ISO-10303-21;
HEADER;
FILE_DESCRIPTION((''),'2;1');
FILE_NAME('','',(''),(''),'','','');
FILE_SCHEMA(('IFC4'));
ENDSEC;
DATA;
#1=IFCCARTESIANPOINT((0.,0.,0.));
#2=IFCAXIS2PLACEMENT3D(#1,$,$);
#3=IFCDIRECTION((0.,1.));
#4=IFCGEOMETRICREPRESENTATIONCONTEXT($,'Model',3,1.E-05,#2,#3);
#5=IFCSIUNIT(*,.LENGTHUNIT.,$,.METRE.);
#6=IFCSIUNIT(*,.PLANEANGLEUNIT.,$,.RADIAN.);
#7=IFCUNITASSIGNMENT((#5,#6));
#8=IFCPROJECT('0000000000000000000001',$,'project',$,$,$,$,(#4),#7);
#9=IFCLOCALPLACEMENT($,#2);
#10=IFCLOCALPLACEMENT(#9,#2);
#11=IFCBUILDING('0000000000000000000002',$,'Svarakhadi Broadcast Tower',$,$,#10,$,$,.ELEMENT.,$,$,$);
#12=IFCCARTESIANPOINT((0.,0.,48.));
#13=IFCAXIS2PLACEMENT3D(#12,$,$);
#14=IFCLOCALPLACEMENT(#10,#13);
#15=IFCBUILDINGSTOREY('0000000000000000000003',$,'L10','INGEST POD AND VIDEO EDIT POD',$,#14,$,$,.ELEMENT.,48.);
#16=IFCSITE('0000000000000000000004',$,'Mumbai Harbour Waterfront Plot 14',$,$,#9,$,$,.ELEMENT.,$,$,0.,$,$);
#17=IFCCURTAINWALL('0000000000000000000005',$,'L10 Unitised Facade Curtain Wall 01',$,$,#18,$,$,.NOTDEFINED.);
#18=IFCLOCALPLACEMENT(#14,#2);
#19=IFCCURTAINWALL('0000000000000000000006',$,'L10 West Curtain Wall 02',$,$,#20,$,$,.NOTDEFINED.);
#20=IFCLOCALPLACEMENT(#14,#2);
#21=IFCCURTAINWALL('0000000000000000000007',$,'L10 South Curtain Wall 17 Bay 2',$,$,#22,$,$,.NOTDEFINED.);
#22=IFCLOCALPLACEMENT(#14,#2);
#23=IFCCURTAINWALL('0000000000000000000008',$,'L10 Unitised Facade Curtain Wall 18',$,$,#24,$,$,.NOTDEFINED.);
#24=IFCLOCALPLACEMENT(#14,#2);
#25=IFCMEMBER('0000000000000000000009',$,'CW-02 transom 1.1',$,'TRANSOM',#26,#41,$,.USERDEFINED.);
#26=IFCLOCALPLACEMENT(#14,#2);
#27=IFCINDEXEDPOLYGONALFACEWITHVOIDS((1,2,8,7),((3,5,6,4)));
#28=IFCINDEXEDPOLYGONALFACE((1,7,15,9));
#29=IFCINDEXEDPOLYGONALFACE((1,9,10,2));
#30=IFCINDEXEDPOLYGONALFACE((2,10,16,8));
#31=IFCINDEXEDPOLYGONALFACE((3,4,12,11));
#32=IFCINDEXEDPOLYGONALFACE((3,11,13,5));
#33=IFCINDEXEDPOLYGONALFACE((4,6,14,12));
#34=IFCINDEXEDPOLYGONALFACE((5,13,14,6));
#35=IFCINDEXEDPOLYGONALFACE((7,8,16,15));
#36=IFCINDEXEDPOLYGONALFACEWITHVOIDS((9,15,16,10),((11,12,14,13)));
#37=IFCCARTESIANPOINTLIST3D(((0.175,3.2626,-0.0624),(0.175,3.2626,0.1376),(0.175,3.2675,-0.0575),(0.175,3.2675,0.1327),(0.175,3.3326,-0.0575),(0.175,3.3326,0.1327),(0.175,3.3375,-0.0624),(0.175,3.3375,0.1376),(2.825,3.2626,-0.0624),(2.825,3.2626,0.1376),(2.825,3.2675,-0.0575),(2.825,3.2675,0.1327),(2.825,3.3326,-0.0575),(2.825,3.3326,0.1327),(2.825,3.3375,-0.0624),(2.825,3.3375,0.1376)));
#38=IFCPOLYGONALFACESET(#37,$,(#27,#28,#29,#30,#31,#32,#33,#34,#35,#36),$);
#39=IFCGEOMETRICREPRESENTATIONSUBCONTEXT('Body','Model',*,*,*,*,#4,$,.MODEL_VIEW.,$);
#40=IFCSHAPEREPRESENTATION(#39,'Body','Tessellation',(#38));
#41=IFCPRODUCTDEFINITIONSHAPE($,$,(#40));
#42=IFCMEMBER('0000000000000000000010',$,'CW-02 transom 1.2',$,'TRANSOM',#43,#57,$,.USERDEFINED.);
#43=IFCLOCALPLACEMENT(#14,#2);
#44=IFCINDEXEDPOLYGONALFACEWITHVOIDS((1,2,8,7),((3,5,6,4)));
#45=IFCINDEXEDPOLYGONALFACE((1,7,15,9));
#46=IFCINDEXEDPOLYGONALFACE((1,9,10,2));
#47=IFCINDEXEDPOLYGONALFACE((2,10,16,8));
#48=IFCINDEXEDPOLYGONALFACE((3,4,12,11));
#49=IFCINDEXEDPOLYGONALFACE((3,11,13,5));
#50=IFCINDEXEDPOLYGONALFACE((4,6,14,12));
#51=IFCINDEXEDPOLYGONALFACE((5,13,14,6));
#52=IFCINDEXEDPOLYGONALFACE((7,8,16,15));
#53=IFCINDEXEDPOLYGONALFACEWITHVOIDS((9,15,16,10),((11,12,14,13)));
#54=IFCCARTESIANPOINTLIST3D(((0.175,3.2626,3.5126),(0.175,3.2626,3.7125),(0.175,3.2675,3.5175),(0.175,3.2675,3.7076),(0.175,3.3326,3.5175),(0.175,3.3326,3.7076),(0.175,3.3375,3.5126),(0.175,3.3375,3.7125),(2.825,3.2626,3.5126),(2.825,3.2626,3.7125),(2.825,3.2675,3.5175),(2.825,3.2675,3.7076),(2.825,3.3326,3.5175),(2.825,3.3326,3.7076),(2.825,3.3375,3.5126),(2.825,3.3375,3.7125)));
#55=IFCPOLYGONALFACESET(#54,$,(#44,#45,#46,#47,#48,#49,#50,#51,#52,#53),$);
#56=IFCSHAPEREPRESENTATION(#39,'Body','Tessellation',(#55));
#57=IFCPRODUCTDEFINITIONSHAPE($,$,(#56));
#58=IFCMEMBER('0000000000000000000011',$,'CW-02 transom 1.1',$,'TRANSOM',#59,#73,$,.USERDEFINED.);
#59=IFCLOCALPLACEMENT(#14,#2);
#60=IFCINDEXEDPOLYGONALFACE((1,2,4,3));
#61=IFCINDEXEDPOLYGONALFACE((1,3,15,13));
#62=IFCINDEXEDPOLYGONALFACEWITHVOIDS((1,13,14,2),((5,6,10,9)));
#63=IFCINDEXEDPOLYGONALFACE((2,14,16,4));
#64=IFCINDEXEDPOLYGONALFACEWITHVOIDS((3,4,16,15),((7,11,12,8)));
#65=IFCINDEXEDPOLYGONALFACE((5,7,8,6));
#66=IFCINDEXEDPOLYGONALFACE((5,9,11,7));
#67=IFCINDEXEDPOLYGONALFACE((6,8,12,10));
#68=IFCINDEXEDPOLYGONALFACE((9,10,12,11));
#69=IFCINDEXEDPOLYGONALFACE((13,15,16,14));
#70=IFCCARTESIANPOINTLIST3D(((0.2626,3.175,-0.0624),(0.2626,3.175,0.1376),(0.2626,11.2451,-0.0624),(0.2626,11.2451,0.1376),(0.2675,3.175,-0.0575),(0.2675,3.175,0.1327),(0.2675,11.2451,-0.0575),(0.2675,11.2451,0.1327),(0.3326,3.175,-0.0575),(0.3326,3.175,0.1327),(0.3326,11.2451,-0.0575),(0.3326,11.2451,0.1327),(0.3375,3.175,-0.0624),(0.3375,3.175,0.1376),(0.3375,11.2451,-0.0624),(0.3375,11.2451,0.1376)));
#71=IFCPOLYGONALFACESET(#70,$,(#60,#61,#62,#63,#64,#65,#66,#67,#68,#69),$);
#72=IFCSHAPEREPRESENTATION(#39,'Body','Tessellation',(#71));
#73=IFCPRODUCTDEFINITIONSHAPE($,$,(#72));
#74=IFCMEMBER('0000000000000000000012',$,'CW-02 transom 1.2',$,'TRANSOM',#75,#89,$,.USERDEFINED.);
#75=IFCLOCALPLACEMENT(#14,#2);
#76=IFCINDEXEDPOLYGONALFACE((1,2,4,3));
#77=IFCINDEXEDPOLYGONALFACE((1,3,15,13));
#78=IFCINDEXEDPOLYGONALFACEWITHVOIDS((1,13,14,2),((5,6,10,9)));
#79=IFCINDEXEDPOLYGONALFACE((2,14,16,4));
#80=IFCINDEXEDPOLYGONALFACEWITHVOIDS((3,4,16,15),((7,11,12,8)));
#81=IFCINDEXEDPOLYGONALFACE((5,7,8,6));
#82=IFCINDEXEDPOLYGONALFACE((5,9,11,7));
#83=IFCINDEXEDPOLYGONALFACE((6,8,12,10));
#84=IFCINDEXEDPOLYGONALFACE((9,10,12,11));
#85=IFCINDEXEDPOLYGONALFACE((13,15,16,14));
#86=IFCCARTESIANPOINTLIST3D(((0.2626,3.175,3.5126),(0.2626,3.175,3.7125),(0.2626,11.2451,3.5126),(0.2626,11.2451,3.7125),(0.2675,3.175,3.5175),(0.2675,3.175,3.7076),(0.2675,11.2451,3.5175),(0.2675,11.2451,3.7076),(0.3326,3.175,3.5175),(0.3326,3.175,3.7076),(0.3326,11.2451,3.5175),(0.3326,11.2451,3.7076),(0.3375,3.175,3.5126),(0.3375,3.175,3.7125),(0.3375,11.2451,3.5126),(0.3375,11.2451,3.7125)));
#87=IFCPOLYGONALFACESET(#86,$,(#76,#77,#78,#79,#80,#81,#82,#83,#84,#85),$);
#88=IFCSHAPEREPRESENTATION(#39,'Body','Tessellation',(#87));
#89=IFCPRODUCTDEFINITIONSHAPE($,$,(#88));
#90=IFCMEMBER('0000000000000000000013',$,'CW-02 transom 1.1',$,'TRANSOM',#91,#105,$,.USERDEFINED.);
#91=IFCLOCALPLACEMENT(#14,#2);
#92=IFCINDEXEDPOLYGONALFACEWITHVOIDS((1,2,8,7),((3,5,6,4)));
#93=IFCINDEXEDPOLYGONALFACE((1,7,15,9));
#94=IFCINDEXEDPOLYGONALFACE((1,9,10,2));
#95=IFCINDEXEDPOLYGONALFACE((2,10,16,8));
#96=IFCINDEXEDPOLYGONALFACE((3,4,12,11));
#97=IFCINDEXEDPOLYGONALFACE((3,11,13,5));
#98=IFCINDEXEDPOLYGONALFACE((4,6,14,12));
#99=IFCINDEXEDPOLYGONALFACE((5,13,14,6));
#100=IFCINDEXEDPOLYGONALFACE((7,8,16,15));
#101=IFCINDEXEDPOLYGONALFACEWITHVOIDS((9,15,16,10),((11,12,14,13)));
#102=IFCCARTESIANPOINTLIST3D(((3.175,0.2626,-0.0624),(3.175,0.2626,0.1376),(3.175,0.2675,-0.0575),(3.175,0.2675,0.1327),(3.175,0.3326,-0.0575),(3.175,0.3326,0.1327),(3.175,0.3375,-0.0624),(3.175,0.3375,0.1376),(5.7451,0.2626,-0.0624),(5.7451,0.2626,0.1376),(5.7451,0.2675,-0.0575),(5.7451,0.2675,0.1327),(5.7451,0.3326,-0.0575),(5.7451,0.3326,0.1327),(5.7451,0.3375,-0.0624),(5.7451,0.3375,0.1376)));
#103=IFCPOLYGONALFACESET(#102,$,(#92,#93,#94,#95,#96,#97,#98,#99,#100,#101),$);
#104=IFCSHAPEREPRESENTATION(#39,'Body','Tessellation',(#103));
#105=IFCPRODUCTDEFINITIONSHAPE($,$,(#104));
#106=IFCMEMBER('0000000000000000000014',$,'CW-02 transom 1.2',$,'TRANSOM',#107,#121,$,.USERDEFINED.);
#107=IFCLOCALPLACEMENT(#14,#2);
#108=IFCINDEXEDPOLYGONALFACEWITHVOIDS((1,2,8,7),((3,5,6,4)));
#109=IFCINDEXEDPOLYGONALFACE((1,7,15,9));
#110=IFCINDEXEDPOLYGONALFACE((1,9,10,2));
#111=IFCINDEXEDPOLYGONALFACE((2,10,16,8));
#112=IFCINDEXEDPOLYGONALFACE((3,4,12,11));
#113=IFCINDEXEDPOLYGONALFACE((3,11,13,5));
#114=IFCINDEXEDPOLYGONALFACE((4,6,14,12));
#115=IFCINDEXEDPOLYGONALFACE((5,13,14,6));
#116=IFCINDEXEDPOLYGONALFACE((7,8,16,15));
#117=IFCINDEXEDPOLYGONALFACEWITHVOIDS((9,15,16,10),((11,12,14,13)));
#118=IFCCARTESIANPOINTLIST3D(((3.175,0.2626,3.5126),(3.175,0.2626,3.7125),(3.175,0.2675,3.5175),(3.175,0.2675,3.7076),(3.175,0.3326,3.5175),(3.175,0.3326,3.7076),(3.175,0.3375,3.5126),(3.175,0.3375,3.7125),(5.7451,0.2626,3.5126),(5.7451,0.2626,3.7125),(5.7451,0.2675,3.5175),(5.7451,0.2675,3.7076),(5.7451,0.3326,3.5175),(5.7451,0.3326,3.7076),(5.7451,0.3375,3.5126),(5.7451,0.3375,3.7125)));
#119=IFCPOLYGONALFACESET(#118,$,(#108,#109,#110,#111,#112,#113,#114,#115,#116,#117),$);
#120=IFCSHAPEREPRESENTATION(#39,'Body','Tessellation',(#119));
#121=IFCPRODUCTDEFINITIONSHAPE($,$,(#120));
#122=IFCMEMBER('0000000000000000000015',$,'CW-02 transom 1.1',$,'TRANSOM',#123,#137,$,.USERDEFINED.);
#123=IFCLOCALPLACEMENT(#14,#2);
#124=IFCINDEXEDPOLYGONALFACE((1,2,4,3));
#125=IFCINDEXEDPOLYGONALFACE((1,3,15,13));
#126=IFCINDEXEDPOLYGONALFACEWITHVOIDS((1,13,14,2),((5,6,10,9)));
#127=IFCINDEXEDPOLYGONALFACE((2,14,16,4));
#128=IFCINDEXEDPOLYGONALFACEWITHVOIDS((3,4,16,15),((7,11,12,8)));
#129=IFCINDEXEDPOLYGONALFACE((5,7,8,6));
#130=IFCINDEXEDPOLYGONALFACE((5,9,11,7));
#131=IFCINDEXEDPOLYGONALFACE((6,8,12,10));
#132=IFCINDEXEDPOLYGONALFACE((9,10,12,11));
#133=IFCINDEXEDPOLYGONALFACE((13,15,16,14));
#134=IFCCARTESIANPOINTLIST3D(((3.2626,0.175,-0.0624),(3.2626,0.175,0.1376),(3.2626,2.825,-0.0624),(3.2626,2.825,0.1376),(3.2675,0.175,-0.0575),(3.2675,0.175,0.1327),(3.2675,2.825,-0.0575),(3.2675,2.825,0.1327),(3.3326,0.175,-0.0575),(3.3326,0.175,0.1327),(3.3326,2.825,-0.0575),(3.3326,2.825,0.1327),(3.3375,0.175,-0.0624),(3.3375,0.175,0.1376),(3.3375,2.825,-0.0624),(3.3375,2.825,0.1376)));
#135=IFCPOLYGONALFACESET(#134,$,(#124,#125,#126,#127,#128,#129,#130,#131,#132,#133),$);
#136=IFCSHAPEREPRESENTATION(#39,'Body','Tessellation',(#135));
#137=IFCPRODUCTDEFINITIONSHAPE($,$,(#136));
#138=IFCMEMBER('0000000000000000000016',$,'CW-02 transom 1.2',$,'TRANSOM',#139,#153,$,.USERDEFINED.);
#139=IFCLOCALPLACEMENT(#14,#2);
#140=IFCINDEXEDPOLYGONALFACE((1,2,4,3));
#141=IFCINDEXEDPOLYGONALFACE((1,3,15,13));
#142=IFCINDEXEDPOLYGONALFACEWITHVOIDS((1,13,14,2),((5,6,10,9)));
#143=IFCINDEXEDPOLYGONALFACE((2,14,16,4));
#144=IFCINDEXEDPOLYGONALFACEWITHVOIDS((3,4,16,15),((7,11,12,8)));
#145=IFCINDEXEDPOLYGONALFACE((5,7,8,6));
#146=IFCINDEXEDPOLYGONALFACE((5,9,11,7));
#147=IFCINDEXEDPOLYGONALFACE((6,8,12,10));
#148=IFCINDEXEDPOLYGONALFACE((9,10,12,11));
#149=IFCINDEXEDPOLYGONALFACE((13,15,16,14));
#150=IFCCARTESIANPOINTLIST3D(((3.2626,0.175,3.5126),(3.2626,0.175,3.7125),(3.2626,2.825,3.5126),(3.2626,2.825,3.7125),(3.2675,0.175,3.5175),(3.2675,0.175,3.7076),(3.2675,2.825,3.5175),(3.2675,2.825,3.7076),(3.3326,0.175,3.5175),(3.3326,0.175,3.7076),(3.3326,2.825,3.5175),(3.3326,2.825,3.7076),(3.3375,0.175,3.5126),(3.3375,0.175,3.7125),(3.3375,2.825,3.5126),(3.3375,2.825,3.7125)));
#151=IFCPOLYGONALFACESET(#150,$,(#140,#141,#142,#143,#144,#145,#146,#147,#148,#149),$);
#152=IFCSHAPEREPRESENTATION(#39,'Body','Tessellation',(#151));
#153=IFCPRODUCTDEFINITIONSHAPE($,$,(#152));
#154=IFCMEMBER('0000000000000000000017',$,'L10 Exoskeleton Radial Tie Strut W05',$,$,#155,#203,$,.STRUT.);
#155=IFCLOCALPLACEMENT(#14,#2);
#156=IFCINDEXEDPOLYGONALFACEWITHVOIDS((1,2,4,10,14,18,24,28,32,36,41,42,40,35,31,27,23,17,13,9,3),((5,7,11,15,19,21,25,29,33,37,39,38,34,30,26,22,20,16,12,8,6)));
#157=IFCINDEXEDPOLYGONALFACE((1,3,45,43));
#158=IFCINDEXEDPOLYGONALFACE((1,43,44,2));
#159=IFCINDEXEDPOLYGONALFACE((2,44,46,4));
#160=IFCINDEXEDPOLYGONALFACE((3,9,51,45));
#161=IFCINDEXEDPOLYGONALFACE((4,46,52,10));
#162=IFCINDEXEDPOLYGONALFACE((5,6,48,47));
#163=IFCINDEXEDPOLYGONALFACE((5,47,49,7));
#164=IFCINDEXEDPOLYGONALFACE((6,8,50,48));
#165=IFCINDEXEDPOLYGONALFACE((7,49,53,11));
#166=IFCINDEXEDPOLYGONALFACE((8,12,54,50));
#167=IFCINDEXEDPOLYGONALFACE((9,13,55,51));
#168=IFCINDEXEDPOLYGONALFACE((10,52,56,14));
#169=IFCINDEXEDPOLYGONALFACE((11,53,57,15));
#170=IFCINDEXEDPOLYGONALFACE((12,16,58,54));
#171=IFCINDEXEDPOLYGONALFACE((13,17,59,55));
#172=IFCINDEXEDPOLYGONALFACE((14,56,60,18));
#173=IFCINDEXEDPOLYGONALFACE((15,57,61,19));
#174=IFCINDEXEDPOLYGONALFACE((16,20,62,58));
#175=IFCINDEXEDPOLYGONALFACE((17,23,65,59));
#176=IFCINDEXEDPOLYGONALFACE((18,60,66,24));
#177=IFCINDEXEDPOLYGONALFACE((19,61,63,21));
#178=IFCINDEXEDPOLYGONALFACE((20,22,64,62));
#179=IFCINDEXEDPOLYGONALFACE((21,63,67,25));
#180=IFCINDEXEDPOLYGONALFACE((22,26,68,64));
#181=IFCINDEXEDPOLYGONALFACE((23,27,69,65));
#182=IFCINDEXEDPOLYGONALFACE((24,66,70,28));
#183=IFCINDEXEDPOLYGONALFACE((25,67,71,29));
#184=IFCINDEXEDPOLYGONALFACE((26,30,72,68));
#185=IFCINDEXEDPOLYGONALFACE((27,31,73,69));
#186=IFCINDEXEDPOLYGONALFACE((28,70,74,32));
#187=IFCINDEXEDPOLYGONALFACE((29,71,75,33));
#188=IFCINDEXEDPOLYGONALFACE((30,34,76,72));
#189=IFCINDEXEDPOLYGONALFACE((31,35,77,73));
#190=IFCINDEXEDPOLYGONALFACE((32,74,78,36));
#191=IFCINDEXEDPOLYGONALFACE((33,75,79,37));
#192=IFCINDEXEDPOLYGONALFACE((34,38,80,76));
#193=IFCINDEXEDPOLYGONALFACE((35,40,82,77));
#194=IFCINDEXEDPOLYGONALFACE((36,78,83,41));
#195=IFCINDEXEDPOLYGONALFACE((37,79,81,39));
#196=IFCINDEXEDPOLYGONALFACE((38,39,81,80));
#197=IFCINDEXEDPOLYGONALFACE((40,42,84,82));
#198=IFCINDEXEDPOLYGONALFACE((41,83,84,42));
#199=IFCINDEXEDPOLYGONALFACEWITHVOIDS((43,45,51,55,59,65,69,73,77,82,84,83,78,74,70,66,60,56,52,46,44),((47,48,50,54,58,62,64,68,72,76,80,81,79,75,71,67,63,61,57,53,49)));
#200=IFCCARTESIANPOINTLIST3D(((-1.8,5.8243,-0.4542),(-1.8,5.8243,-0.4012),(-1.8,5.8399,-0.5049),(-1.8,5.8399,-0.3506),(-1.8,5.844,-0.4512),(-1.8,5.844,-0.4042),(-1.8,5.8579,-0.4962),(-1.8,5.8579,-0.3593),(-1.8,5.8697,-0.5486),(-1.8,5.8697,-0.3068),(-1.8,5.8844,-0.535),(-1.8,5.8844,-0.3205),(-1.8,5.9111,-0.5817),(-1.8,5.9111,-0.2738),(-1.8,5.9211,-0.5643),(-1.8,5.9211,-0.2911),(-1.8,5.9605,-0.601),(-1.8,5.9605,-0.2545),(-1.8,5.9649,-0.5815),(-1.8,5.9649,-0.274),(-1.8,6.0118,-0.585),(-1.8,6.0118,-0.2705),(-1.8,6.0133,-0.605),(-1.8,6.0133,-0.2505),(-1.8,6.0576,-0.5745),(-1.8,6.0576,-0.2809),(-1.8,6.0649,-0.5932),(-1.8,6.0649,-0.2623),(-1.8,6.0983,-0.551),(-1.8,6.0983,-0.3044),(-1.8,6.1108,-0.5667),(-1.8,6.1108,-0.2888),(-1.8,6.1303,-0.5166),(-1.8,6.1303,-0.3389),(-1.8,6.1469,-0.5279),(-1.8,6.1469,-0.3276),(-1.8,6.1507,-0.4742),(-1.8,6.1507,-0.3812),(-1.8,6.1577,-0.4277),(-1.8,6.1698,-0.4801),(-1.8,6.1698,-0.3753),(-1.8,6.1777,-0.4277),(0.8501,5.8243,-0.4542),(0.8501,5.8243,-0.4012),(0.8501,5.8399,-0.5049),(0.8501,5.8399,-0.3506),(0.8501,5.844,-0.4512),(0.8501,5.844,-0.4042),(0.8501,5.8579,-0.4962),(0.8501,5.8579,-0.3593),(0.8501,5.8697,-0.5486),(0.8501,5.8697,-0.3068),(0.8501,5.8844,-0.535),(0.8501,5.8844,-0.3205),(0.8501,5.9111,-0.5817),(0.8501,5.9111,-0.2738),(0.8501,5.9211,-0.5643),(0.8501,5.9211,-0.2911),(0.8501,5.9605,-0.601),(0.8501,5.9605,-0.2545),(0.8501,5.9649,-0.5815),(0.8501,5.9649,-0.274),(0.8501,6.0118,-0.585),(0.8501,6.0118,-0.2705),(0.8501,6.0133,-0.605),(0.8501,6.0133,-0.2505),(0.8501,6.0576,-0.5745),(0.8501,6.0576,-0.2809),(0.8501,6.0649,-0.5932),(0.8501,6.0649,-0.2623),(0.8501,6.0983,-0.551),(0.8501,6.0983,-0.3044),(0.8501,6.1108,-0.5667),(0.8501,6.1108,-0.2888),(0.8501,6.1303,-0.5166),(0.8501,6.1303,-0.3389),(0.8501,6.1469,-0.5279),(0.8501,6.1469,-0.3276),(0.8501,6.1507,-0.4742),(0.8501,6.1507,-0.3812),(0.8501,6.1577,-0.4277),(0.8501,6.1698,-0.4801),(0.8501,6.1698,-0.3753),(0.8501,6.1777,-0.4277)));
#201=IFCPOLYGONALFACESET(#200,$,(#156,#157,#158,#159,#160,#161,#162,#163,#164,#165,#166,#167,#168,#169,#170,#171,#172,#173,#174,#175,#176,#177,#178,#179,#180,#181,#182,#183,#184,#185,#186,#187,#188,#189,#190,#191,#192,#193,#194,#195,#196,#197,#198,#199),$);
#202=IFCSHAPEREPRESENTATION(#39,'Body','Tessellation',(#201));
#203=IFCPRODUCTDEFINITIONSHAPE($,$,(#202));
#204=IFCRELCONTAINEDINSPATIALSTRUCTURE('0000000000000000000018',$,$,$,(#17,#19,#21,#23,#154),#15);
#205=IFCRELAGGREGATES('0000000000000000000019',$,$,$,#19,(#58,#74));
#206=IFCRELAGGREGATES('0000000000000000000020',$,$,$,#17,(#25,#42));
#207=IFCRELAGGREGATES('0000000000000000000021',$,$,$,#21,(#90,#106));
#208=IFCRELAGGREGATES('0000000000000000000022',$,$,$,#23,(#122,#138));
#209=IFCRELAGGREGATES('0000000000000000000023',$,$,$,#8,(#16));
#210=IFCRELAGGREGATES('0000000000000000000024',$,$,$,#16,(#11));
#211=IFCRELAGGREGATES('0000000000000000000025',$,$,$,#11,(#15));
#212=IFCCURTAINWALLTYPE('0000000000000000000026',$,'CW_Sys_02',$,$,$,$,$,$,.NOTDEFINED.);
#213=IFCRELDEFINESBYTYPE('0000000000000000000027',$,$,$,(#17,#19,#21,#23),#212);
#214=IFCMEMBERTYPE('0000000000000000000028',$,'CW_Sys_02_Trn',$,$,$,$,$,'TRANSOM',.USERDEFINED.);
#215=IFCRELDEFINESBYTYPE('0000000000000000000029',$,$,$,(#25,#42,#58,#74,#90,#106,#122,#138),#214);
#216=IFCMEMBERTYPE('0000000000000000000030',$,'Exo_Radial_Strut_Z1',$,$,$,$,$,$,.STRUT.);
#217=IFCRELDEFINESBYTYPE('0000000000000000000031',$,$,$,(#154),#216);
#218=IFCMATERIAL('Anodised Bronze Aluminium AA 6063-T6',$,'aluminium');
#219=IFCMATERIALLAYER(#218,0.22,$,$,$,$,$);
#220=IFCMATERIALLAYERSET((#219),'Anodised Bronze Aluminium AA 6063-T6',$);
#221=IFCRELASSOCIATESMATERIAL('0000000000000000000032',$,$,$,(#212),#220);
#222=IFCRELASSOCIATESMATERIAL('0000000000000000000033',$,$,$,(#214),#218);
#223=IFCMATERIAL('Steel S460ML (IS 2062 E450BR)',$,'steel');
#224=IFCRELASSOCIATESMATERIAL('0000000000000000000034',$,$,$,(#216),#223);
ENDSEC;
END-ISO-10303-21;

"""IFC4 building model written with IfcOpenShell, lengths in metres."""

from ifc_helpers import new_model, si_unit, direction, frame, origin, origin_2d, place, context, subcontext, project, spatial, hollow_rectangle, hollow_circle, extrude, material, layer, layer_set, material_profile, profile_set, type_object, element, aggregate, save


model = new_model("IFC4")

# Units and contexts
model_context = context("Model", 3, precision=1e-05, world=origin(), true_north=direction((0.0, 1.0)))
body_context = subcontext(model_context, "Body", "Model", "MODEL_VIEW")
ifc_project = project(units=[si_unit("LENGTHUNIT", "METRE"), si_unit("PLANEANGLEUNIT", "RADIAN")], contexts=[model_context])

# Site, building, storey
site_placement = place(None, origin())
site = spatial("IfcSite", under=ifc_project, at=site_placement, Name="Mumbai Harbour Waterfront Plot 14", CompositionType="ELEMENT", RefElevation=0.0)
building_placement = place(site_placement, origin())
building = spatial("IfcBuilding", under=site, at=building_placement, Name="Svarakhadi Broadcast Tower", CompositionType="ELEMENT")
storey_placement = place(building_placement, frame((0.0, 0.0, 48.0)))
storey = spatial("IfcBuildingStorey", under=building, at=storey_placement, Name="L10", Description="INGEST POD AND VIDEO EDIT POD", CompositionType="ELEMENT", Elevation=48.0)

# Shared definitions
ifc_material_1 = material(Name="Steel S460ML (IS 2062 E450BR)", Category="steel")

# Curtain wall
ifc_material_2 = material(Name="Anodised Bronze Aluminium AA 6063-T6", Category="aluminium")
ifc_layer_1 = layer(ifc_material_2, 0.22)
ifc_layer_set_1 = layer_set([ifc_layer_1], Name="Anodised Bronze Aluminium AA 6063-T6")
curtain_wall_type = type_object("IfcCurtainWallType", Name="CW_Sys_02", PredefinedType="NOTDEFINED", material=ifc_layer_set_1)
curtain_wall_1_placement = place(storey_placement, origin())
curtain_wall_1 = element("IfcCurtainWall", 1, at=curtain_wall_1_placement, inside=storey, type_object=curtain_wall_type, Name="L10 Unitised Facade Curtain Wall 01", PredefinedType="NOTDEFINED")

# Curtain walls
curtain_wall_2_placement = place(storey_placement, origin())
curtain_wall_2 = element("IfcCurtainWall", 2, at=curtain_wall_2_placement, inside=storey, type_object=curtain_wall_type, Name="L10 West Curtain Wall 02", PredefinedType="NOTDEFINED")
curtain_wall_3_placement = place(storey_placement, origin())
curtain_wall_3 = element("IfcCurtainWall", 3, at=curtain_wall_3_placement, inside=storey, type_object=curtain_wall_type, Name="L10 South Curtain Wall 17 Bay 2", PredefinedType="NOTDEFINED")

# Curtain wall
curtain_wall_4_placement = place(storey_placement, origin())
curtain_wall_4 = element("IfcCurtainWall", 4, at=curtain_wall_4_placement, inside=storey, type_object=curtain_wall_type, Name="L10 Unitised Facade Curtain Wall 18", PredefinedType="NOTDEFINED")

# Members
ifc_material_profile_1 = material_profile(ifc_material_2, hollow_rectangle(XDim=0.075, YDim=0.2, WallThickness=0.0049, at=origin_2d()), Name="ALU TRANSOM 200x75x5")
ifc_profile_set_1 = profile_set([ifc_material_profile_1], Name="Anodised Bronze Aluminium AA 6063-T6")
member_type_1 = type_object("IfcMemberType", Name="CW_Sys_02_Trn", ElementType="TRANSOM", PredefinedType="USERDEFINED", material=ifc_profile_set_1)
member_1_placement = place(storey_placement, frame((2.825, 3.3, 0.0376), z_axis=(-1.0, 0.0, 0.0), x_axis=(0.0, -1.0, 0.0)))
member_1 = element("IfcMember", 5, at=member_1_placement, type_object=member_type_1, Name="CW-02 transom 1.1", ObjectType="TRANSOM", PredefinedType="USERDEFINED", context=body_context, shape_type="SweptSolid", body=[
    extrude(hollow_rectangle(XDim=0.075, YDim=0.2, WallThickness=0.0049, at=origin_2d()), origin(), (0.0, 0.0, 1.0), 2.6499),
])
member_2_placement = place(storey_placement, frame((2.825, 3.3, 3.6125), z_axis=(-1.0, 0.0, 0.0), x_axis=(0.0, -1.0, 0.0)))
member_2 = element("IfcMember", 6, at=member_2_placement, type_object=member_type_1, Name="CW-02 transom 1.2", ObjectType="TRANSOM", PredefinedType="USERDEFINED", context=body_context, shape_type="SweptSolid", body=[
    extrude(hollow_rectangle(XDim=0.075, YDim=0.2, WallThickness=0.0049, at=origin_2d()), origin(), (0.0, 0.0, 1.0), 2.6499),
])
member_3_placement = place(storey_placement, frame((0.3, 3.175, 0.0376), z_axis=(0.0, 1.0, 0.0), x_axis=(-1.0, 0.0, 0.0)))
member_3 = element("IfcMember", 7, at=member_3_placement, type_object=member_type_1, Name="CW-02 transom 1.1", ObjectType="TRANSOM", PredefinedType="USERDEFINED", context=body_context, shape_type="SweptSolid", body=[
    extrude(hollow_rectangle(XDim=0.075, YDim=0.2, WallThickness=0.0049, at=origin_2d()), origin(), (0.0, 0.0, 1.0), 8.0701),
])
member_4_placement = place(storey_placement, frame((0.3, 3.175, 3.6125), z_axis=(0.0, 1.0, 0.0), x_axis=(-1.0, 0.0, 0.0)))
member_4 = element("IfcMember", 8, at=member_4_placement, type_object=member_type_1, Name="CW-02 transom 1.2", ObjectType="TRANSOM", PredefinedType="USERDEFINED", context=body_context, shape_type="SweptSolid", body=[
    extrude(hollow_rectangle(XDim=0.075, YDim=0.2, WallThickness=0.0049, at=origin_2d()), origin(), (0.0, 0.0, 1.0), 8.0701),
])
aggregate(curtain_wall_2, [member_3, member_4])
member_5_placement = place(storey_placement, frame((5.7451, 0.3, 0.0376), z_axis=(-1.0, 0.0, 0.0), x_axis=(0.0, -1.0, 0.0)))
member_5 = element("IfcMember", 9, at=member_5_placement, type_object=member_type_1, Name="CW-02 transom 1.1", ObjectType="TRANSOM", PredefinedType="USERDEFINED", context=body_context, shape_type="SweptSolid", body=[
    extrude(hollow_rectangle(XDim=0.075, YDim=0.2, WallThickness=0.0049, at=origin_2d()), origin(), (0.0, 0.0, 1.0), 2.5701),
])
member_6_placement = place(storey_placement, frame((5.7451, 0.3, 3.6125), z_axis=(-1.0, 0.0, 0.0), x_axis=(0.0, -1.0, 0.0)))
member_6 = element("IfcMember", 10, at=member_6_placement, type_object=member_type_1, Name="CW-02 transom 1.2", ObjectType="TRANSOM", PredefinedType="USERDEFINED", context=body_context, shape_type="SweptSolid", body=[
    extrude(hollow_rectangle(XDim=0.075, YDim=0.2, WallThickness=0.0049, at=origin_2d()), origin(), (0.0, 0.0, 1.0), 2.5701),
])
member_7_placement = place(storey_placement, frame((3.3, 0.175, 0.0376), z_axis=(0.0, 1.0, 0.0), x_axis=(-1.0, 0.0, 0.0)))
member_7 = element("IfcMember", 11, at=member_7_placement, type_object=member_type_1, Name="CW-02 transom 1.1", ObjectType="TRANSOM", PredefinedType="USERDEFINED", context=body_context, shape_type="SweptSolid", body=[
    extrude(hollow_rectangle(XDim=0.075, YDim=0.2, WallThickness=0.0049, at=origin_2d()), origin(), (0.0, 0.0, 1.0), 2.6499),
])
member_8_placement = place(storey_placement, frame((3.3, 0.175, 3.6125), z_axis=(0.0, 1.0, 0.0), x_axis=(-1.0, 0.0, 0.0)))
member_8 = element("IfcMember", 12, at=member_8_placement, type_object=member_type_1, Name="CW-02 transom 1.2", ObjectType="TRANSOM", PredefinedType="USERDEFINED", context=body_context, shape_type="SweptSolid", body=[
    extrude(hollow_rectangle(XDim=0.075, YDim=0.2, WallThickness=0.0049, at=origin_2d()), origin(), (0.0, 0.0, 1.0), 2.6499),
])
ifc_material_profile_2 = material_profile(ifc_material_1, hollow_circle(Radius=0.1777, WallThickness=0.02, at=origin_2d()), Name="CHS 355.6x20")
ifc_profile_set_2 = profile_set([ifc_material_profile_2], Name="Steel S460ML (IS 2062 E450BR)")
member_type_2 = type_object("IfcMemberType", Name="Exo_Radial_Strut_Z1", PredefinedType="STRUT", material=ifc_profile_set_2)
member_9_placement = place(storey_placement, frame((-1.8, 6.0, -0.4277), z_axis=(1.0, 0.0, 0.0), x_axis=(0.0, 1.0, 0.0)))
element("IfcMember", 13, at=member_9_placement, inside=storey, type_object=member_type_2, Name="L10 Exoskeleton Radial Tie Strut W05", PredefinedType="STRUT", context=body_context, shape_type="SweptSolid", body=[
    extrude(hollow_circle(Radius=0.1777, WallThickness=0.02, at=origin_2d()), origin(), (0.0, 0.0, 1.0), 2.6501),
])

aggregate(curtain_wall_1, [member_1, member_2])
aggregate(curtain_wall_3, [member_5, member_6])
aggregate(curtain_wall_4, [member_7, member_8])

save(model, "model.ifc")
